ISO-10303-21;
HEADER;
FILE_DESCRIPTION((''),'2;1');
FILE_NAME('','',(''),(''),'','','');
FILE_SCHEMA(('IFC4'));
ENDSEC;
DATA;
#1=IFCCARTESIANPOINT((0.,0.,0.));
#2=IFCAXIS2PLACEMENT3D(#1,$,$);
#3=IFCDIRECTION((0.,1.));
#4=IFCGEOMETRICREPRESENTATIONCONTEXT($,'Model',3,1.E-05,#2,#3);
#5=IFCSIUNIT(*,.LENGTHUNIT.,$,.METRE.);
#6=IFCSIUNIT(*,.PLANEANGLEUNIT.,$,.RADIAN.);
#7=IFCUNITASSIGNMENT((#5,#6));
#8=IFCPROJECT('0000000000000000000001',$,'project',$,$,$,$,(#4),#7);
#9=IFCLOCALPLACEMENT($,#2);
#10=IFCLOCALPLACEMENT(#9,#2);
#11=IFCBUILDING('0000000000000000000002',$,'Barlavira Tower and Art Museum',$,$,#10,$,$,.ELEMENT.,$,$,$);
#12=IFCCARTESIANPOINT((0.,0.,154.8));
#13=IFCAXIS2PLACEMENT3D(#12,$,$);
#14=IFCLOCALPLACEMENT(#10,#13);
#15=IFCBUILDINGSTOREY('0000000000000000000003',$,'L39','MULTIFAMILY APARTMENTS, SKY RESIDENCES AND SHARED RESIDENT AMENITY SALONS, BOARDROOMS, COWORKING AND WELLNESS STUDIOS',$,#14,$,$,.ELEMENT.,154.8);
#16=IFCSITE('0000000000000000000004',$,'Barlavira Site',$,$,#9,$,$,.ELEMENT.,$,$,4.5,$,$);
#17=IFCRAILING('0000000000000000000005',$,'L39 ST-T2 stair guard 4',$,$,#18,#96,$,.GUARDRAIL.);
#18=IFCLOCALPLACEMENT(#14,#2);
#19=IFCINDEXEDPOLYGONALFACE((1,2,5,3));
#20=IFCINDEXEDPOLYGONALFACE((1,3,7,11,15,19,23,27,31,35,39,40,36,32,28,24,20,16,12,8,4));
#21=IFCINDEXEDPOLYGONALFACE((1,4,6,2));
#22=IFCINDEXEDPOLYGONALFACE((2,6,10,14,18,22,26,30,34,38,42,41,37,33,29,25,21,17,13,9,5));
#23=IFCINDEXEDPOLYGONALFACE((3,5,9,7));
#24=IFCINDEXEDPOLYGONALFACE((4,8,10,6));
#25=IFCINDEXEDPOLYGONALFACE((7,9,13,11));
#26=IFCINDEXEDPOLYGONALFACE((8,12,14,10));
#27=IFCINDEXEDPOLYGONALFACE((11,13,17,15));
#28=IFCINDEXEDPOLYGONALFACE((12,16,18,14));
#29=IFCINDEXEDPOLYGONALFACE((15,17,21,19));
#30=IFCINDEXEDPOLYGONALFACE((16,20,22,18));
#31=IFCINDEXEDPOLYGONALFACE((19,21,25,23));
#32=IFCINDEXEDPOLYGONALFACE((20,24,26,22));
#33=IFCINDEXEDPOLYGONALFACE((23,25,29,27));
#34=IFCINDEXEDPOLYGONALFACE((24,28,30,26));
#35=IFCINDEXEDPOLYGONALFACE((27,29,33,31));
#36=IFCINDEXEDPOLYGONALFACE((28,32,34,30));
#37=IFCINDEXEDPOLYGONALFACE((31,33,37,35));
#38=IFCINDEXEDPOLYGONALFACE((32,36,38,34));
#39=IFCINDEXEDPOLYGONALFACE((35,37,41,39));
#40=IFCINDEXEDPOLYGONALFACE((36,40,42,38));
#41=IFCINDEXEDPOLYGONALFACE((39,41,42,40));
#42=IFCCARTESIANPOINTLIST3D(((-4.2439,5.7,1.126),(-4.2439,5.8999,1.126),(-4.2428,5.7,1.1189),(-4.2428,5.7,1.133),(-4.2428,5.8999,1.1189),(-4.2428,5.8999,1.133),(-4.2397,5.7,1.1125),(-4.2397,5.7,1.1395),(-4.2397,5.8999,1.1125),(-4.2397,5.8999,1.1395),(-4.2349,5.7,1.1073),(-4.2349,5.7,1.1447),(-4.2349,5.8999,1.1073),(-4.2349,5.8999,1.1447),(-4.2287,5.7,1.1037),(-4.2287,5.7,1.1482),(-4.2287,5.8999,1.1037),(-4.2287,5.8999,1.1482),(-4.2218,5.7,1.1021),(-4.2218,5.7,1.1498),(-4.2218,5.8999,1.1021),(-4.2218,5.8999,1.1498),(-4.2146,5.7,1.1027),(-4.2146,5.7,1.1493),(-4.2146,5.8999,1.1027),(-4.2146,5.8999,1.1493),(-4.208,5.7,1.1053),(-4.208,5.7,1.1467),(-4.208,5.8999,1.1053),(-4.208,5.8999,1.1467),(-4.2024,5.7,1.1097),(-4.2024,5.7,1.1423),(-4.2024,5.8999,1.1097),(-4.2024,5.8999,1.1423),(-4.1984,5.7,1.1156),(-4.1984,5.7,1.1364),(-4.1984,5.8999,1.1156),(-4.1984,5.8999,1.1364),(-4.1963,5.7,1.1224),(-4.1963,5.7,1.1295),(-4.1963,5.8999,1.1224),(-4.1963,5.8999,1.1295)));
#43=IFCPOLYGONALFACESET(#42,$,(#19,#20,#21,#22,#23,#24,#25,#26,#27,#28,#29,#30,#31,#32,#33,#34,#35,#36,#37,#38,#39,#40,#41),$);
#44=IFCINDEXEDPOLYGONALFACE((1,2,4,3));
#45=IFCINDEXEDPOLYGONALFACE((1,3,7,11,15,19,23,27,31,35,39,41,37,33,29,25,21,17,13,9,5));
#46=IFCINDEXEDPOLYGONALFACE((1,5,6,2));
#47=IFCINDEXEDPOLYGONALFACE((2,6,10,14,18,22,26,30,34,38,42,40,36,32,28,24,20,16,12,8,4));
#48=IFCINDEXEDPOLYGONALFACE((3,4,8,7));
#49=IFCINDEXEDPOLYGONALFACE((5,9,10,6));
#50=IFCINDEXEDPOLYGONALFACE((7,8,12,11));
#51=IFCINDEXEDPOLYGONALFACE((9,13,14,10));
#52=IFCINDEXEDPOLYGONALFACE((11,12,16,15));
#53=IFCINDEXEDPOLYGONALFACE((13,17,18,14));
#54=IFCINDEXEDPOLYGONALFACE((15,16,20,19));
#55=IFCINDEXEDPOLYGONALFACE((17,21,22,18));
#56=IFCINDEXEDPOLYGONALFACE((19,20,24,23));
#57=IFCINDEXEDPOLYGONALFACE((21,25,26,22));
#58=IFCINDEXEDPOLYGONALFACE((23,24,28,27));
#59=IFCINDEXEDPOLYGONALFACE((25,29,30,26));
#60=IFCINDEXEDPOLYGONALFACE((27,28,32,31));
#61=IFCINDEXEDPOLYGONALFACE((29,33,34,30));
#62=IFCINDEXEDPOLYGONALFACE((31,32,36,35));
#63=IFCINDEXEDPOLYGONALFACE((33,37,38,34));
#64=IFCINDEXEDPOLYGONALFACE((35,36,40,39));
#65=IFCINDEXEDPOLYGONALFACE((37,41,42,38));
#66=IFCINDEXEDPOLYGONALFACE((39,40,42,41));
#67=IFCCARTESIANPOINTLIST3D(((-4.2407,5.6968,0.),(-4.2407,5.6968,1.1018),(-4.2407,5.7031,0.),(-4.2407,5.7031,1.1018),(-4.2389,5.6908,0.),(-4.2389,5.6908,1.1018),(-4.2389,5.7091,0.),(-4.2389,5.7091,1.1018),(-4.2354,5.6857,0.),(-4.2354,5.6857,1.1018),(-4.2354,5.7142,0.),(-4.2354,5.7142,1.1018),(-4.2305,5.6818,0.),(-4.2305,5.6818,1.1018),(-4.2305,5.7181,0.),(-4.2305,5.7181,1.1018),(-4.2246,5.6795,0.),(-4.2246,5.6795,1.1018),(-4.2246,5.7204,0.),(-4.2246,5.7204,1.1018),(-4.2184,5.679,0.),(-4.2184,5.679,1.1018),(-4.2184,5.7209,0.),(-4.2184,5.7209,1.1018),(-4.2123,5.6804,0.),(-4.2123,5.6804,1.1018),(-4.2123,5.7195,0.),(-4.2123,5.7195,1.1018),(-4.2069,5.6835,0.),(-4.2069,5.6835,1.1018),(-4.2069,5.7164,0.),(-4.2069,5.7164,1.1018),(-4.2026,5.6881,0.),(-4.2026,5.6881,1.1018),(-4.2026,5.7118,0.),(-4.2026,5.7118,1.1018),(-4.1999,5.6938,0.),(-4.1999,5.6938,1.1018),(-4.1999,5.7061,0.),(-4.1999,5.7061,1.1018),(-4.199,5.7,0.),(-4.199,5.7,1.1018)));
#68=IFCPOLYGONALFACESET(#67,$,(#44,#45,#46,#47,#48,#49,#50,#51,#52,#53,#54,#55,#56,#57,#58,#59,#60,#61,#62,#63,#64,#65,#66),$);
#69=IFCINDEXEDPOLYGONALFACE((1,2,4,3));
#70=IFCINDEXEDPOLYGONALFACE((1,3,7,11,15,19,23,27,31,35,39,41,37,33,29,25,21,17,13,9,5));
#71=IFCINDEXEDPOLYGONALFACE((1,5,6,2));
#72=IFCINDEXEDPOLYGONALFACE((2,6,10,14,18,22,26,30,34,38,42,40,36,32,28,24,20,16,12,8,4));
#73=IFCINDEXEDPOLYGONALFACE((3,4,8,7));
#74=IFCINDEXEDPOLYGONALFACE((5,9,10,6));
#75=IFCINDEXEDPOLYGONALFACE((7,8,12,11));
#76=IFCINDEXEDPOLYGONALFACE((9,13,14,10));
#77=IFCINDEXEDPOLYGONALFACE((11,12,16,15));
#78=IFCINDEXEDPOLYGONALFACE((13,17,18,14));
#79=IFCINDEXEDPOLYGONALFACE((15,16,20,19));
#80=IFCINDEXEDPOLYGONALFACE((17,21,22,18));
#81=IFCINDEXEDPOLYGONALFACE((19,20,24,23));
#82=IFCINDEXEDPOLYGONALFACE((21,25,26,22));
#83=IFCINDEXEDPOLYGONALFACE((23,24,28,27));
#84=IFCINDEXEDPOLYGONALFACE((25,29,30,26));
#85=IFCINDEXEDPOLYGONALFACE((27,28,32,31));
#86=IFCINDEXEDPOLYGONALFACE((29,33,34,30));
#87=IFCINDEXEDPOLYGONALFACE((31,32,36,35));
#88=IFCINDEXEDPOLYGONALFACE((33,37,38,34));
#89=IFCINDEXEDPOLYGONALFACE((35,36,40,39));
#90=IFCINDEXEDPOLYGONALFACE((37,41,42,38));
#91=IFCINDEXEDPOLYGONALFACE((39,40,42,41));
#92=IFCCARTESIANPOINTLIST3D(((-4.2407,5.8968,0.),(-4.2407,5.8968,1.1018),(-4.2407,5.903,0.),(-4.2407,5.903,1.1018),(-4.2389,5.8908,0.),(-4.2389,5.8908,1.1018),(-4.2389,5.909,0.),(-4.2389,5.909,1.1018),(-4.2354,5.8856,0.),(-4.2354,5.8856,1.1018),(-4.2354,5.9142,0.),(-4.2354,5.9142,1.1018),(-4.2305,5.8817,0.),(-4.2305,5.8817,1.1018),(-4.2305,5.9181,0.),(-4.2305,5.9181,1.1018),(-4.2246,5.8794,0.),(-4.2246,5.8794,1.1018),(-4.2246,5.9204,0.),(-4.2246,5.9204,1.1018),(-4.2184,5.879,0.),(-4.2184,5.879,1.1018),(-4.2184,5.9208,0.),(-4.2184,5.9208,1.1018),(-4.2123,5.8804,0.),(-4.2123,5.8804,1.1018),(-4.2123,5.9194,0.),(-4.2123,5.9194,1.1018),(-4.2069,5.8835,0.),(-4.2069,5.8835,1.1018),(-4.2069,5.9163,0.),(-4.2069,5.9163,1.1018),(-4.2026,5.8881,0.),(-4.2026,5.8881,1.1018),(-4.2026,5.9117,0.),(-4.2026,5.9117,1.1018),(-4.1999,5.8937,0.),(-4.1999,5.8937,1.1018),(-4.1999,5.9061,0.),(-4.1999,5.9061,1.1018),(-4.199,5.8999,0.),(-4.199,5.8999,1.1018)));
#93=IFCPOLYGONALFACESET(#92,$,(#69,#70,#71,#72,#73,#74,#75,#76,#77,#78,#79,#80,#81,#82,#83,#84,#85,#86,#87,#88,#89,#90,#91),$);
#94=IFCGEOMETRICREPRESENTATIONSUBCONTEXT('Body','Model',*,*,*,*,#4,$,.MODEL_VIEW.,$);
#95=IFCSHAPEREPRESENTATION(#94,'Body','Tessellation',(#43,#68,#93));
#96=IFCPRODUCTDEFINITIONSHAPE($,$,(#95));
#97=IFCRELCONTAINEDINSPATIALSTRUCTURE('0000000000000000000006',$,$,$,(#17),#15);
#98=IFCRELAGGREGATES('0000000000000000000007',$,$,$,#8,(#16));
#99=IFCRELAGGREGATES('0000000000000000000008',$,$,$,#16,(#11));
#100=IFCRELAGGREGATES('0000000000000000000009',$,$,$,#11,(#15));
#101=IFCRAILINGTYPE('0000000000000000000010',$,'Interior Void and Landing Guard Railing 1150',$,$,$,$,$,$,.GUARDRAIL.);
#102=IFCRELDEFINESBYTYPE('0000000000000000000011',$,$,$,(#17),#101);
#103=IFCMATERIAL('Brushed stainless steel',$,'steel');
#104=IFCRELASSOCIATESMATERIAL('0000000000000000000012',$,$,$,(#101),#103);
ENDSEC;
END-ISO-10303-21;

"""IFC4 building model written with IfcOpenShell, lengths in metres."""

from ifc_helpers import new_model, si_unit, direction, frame, origin, origin_2d, place, context, subcontext, project, spatial, circle, extrude, material, type_object, element, save


model = new_model("IFC4")

# Units and contexts
model_context = context("Model", 3, precision=1e-05, world=origin(), true_north=direction((0.0, 1.0)))
body_context = subcontext(model_context, "Body", "Model", "MODEL_VIEW")
ifc_project = project(units=[si_unit("LENGTHUNIT", "METRE"), si_unit("PLANEANGLEUNIT", "RADIAN")], contexts=[model_context])

# Site, building, storey
site_placement = place(None, origin())
site = spatial("IfcSite", under=ifc_project, at=site_placement, Name="Barlavira Site", CompositionType="ELEMENT", RefElevation=4.5)
building_placement = place(site_placement, origin())
building = spatial("IfcBuilding", under=site, at=building_placement, Name="Barlavira Tower and Art Museum", CompositionType="ELEMENT")
storey_placement = place(building_placement, frame((0.0, 0.0, 154.8)))
storey = spatial("IfcBuildingStorey", under=building, at=storey_placement, Name="L39", Description="MULTIFAMILY APARTMENTS, SKY RESIDENCES AND SHARED RESIDENT AMENITY SALONS, BOARDROOMS, COWORKING AND WELLNESS STUDIOS", CompositionType="ELEMENT", Elevation=154.8)

# Shared definitions
ifc_material_1 = material(Name="Brushed stainless steel", Category="steel")

# Railing
railing_type_1 = type_object("IfcRailingType", Name="Interior Void and Landing Guard Railing 1150", PredefinedType="GUARDRAIL", material=ifc_material_1)
railing_1_placement = place(storey_placement, frame((-4.22, 5.7, 0.0)))
element("IfcRailing", 1, at=railing_1_placement, inside=storey, type_object=railing_type_1, Name="L39 ST-T2 stair guard 4", PredefinedType="GUARDRAIL", context=body_context, shape_type="SweptSolid", body=[
    extrude(circle(Radius=0.0239, at=origin_2d()), frame((0.0, 0.0, 1.126), z_axis=(0.0, 1.0, 0.0), x_axis=(-1.0, 0.0, 0.0)), (0.0, 0.0, 1.0), 0.2),
    extrude(circle(Radius=0.021, at=origin_2d()), origin(), (0.0, 0.0, 1.0), 1.1018),
    extrude(circle(Radius=0.021, at=origin_2d()), frame((0.0, 0.2, 0.0)), (0.0, 0.0, 1.0), 1.1018),
])

save(model, "model.ifc")
